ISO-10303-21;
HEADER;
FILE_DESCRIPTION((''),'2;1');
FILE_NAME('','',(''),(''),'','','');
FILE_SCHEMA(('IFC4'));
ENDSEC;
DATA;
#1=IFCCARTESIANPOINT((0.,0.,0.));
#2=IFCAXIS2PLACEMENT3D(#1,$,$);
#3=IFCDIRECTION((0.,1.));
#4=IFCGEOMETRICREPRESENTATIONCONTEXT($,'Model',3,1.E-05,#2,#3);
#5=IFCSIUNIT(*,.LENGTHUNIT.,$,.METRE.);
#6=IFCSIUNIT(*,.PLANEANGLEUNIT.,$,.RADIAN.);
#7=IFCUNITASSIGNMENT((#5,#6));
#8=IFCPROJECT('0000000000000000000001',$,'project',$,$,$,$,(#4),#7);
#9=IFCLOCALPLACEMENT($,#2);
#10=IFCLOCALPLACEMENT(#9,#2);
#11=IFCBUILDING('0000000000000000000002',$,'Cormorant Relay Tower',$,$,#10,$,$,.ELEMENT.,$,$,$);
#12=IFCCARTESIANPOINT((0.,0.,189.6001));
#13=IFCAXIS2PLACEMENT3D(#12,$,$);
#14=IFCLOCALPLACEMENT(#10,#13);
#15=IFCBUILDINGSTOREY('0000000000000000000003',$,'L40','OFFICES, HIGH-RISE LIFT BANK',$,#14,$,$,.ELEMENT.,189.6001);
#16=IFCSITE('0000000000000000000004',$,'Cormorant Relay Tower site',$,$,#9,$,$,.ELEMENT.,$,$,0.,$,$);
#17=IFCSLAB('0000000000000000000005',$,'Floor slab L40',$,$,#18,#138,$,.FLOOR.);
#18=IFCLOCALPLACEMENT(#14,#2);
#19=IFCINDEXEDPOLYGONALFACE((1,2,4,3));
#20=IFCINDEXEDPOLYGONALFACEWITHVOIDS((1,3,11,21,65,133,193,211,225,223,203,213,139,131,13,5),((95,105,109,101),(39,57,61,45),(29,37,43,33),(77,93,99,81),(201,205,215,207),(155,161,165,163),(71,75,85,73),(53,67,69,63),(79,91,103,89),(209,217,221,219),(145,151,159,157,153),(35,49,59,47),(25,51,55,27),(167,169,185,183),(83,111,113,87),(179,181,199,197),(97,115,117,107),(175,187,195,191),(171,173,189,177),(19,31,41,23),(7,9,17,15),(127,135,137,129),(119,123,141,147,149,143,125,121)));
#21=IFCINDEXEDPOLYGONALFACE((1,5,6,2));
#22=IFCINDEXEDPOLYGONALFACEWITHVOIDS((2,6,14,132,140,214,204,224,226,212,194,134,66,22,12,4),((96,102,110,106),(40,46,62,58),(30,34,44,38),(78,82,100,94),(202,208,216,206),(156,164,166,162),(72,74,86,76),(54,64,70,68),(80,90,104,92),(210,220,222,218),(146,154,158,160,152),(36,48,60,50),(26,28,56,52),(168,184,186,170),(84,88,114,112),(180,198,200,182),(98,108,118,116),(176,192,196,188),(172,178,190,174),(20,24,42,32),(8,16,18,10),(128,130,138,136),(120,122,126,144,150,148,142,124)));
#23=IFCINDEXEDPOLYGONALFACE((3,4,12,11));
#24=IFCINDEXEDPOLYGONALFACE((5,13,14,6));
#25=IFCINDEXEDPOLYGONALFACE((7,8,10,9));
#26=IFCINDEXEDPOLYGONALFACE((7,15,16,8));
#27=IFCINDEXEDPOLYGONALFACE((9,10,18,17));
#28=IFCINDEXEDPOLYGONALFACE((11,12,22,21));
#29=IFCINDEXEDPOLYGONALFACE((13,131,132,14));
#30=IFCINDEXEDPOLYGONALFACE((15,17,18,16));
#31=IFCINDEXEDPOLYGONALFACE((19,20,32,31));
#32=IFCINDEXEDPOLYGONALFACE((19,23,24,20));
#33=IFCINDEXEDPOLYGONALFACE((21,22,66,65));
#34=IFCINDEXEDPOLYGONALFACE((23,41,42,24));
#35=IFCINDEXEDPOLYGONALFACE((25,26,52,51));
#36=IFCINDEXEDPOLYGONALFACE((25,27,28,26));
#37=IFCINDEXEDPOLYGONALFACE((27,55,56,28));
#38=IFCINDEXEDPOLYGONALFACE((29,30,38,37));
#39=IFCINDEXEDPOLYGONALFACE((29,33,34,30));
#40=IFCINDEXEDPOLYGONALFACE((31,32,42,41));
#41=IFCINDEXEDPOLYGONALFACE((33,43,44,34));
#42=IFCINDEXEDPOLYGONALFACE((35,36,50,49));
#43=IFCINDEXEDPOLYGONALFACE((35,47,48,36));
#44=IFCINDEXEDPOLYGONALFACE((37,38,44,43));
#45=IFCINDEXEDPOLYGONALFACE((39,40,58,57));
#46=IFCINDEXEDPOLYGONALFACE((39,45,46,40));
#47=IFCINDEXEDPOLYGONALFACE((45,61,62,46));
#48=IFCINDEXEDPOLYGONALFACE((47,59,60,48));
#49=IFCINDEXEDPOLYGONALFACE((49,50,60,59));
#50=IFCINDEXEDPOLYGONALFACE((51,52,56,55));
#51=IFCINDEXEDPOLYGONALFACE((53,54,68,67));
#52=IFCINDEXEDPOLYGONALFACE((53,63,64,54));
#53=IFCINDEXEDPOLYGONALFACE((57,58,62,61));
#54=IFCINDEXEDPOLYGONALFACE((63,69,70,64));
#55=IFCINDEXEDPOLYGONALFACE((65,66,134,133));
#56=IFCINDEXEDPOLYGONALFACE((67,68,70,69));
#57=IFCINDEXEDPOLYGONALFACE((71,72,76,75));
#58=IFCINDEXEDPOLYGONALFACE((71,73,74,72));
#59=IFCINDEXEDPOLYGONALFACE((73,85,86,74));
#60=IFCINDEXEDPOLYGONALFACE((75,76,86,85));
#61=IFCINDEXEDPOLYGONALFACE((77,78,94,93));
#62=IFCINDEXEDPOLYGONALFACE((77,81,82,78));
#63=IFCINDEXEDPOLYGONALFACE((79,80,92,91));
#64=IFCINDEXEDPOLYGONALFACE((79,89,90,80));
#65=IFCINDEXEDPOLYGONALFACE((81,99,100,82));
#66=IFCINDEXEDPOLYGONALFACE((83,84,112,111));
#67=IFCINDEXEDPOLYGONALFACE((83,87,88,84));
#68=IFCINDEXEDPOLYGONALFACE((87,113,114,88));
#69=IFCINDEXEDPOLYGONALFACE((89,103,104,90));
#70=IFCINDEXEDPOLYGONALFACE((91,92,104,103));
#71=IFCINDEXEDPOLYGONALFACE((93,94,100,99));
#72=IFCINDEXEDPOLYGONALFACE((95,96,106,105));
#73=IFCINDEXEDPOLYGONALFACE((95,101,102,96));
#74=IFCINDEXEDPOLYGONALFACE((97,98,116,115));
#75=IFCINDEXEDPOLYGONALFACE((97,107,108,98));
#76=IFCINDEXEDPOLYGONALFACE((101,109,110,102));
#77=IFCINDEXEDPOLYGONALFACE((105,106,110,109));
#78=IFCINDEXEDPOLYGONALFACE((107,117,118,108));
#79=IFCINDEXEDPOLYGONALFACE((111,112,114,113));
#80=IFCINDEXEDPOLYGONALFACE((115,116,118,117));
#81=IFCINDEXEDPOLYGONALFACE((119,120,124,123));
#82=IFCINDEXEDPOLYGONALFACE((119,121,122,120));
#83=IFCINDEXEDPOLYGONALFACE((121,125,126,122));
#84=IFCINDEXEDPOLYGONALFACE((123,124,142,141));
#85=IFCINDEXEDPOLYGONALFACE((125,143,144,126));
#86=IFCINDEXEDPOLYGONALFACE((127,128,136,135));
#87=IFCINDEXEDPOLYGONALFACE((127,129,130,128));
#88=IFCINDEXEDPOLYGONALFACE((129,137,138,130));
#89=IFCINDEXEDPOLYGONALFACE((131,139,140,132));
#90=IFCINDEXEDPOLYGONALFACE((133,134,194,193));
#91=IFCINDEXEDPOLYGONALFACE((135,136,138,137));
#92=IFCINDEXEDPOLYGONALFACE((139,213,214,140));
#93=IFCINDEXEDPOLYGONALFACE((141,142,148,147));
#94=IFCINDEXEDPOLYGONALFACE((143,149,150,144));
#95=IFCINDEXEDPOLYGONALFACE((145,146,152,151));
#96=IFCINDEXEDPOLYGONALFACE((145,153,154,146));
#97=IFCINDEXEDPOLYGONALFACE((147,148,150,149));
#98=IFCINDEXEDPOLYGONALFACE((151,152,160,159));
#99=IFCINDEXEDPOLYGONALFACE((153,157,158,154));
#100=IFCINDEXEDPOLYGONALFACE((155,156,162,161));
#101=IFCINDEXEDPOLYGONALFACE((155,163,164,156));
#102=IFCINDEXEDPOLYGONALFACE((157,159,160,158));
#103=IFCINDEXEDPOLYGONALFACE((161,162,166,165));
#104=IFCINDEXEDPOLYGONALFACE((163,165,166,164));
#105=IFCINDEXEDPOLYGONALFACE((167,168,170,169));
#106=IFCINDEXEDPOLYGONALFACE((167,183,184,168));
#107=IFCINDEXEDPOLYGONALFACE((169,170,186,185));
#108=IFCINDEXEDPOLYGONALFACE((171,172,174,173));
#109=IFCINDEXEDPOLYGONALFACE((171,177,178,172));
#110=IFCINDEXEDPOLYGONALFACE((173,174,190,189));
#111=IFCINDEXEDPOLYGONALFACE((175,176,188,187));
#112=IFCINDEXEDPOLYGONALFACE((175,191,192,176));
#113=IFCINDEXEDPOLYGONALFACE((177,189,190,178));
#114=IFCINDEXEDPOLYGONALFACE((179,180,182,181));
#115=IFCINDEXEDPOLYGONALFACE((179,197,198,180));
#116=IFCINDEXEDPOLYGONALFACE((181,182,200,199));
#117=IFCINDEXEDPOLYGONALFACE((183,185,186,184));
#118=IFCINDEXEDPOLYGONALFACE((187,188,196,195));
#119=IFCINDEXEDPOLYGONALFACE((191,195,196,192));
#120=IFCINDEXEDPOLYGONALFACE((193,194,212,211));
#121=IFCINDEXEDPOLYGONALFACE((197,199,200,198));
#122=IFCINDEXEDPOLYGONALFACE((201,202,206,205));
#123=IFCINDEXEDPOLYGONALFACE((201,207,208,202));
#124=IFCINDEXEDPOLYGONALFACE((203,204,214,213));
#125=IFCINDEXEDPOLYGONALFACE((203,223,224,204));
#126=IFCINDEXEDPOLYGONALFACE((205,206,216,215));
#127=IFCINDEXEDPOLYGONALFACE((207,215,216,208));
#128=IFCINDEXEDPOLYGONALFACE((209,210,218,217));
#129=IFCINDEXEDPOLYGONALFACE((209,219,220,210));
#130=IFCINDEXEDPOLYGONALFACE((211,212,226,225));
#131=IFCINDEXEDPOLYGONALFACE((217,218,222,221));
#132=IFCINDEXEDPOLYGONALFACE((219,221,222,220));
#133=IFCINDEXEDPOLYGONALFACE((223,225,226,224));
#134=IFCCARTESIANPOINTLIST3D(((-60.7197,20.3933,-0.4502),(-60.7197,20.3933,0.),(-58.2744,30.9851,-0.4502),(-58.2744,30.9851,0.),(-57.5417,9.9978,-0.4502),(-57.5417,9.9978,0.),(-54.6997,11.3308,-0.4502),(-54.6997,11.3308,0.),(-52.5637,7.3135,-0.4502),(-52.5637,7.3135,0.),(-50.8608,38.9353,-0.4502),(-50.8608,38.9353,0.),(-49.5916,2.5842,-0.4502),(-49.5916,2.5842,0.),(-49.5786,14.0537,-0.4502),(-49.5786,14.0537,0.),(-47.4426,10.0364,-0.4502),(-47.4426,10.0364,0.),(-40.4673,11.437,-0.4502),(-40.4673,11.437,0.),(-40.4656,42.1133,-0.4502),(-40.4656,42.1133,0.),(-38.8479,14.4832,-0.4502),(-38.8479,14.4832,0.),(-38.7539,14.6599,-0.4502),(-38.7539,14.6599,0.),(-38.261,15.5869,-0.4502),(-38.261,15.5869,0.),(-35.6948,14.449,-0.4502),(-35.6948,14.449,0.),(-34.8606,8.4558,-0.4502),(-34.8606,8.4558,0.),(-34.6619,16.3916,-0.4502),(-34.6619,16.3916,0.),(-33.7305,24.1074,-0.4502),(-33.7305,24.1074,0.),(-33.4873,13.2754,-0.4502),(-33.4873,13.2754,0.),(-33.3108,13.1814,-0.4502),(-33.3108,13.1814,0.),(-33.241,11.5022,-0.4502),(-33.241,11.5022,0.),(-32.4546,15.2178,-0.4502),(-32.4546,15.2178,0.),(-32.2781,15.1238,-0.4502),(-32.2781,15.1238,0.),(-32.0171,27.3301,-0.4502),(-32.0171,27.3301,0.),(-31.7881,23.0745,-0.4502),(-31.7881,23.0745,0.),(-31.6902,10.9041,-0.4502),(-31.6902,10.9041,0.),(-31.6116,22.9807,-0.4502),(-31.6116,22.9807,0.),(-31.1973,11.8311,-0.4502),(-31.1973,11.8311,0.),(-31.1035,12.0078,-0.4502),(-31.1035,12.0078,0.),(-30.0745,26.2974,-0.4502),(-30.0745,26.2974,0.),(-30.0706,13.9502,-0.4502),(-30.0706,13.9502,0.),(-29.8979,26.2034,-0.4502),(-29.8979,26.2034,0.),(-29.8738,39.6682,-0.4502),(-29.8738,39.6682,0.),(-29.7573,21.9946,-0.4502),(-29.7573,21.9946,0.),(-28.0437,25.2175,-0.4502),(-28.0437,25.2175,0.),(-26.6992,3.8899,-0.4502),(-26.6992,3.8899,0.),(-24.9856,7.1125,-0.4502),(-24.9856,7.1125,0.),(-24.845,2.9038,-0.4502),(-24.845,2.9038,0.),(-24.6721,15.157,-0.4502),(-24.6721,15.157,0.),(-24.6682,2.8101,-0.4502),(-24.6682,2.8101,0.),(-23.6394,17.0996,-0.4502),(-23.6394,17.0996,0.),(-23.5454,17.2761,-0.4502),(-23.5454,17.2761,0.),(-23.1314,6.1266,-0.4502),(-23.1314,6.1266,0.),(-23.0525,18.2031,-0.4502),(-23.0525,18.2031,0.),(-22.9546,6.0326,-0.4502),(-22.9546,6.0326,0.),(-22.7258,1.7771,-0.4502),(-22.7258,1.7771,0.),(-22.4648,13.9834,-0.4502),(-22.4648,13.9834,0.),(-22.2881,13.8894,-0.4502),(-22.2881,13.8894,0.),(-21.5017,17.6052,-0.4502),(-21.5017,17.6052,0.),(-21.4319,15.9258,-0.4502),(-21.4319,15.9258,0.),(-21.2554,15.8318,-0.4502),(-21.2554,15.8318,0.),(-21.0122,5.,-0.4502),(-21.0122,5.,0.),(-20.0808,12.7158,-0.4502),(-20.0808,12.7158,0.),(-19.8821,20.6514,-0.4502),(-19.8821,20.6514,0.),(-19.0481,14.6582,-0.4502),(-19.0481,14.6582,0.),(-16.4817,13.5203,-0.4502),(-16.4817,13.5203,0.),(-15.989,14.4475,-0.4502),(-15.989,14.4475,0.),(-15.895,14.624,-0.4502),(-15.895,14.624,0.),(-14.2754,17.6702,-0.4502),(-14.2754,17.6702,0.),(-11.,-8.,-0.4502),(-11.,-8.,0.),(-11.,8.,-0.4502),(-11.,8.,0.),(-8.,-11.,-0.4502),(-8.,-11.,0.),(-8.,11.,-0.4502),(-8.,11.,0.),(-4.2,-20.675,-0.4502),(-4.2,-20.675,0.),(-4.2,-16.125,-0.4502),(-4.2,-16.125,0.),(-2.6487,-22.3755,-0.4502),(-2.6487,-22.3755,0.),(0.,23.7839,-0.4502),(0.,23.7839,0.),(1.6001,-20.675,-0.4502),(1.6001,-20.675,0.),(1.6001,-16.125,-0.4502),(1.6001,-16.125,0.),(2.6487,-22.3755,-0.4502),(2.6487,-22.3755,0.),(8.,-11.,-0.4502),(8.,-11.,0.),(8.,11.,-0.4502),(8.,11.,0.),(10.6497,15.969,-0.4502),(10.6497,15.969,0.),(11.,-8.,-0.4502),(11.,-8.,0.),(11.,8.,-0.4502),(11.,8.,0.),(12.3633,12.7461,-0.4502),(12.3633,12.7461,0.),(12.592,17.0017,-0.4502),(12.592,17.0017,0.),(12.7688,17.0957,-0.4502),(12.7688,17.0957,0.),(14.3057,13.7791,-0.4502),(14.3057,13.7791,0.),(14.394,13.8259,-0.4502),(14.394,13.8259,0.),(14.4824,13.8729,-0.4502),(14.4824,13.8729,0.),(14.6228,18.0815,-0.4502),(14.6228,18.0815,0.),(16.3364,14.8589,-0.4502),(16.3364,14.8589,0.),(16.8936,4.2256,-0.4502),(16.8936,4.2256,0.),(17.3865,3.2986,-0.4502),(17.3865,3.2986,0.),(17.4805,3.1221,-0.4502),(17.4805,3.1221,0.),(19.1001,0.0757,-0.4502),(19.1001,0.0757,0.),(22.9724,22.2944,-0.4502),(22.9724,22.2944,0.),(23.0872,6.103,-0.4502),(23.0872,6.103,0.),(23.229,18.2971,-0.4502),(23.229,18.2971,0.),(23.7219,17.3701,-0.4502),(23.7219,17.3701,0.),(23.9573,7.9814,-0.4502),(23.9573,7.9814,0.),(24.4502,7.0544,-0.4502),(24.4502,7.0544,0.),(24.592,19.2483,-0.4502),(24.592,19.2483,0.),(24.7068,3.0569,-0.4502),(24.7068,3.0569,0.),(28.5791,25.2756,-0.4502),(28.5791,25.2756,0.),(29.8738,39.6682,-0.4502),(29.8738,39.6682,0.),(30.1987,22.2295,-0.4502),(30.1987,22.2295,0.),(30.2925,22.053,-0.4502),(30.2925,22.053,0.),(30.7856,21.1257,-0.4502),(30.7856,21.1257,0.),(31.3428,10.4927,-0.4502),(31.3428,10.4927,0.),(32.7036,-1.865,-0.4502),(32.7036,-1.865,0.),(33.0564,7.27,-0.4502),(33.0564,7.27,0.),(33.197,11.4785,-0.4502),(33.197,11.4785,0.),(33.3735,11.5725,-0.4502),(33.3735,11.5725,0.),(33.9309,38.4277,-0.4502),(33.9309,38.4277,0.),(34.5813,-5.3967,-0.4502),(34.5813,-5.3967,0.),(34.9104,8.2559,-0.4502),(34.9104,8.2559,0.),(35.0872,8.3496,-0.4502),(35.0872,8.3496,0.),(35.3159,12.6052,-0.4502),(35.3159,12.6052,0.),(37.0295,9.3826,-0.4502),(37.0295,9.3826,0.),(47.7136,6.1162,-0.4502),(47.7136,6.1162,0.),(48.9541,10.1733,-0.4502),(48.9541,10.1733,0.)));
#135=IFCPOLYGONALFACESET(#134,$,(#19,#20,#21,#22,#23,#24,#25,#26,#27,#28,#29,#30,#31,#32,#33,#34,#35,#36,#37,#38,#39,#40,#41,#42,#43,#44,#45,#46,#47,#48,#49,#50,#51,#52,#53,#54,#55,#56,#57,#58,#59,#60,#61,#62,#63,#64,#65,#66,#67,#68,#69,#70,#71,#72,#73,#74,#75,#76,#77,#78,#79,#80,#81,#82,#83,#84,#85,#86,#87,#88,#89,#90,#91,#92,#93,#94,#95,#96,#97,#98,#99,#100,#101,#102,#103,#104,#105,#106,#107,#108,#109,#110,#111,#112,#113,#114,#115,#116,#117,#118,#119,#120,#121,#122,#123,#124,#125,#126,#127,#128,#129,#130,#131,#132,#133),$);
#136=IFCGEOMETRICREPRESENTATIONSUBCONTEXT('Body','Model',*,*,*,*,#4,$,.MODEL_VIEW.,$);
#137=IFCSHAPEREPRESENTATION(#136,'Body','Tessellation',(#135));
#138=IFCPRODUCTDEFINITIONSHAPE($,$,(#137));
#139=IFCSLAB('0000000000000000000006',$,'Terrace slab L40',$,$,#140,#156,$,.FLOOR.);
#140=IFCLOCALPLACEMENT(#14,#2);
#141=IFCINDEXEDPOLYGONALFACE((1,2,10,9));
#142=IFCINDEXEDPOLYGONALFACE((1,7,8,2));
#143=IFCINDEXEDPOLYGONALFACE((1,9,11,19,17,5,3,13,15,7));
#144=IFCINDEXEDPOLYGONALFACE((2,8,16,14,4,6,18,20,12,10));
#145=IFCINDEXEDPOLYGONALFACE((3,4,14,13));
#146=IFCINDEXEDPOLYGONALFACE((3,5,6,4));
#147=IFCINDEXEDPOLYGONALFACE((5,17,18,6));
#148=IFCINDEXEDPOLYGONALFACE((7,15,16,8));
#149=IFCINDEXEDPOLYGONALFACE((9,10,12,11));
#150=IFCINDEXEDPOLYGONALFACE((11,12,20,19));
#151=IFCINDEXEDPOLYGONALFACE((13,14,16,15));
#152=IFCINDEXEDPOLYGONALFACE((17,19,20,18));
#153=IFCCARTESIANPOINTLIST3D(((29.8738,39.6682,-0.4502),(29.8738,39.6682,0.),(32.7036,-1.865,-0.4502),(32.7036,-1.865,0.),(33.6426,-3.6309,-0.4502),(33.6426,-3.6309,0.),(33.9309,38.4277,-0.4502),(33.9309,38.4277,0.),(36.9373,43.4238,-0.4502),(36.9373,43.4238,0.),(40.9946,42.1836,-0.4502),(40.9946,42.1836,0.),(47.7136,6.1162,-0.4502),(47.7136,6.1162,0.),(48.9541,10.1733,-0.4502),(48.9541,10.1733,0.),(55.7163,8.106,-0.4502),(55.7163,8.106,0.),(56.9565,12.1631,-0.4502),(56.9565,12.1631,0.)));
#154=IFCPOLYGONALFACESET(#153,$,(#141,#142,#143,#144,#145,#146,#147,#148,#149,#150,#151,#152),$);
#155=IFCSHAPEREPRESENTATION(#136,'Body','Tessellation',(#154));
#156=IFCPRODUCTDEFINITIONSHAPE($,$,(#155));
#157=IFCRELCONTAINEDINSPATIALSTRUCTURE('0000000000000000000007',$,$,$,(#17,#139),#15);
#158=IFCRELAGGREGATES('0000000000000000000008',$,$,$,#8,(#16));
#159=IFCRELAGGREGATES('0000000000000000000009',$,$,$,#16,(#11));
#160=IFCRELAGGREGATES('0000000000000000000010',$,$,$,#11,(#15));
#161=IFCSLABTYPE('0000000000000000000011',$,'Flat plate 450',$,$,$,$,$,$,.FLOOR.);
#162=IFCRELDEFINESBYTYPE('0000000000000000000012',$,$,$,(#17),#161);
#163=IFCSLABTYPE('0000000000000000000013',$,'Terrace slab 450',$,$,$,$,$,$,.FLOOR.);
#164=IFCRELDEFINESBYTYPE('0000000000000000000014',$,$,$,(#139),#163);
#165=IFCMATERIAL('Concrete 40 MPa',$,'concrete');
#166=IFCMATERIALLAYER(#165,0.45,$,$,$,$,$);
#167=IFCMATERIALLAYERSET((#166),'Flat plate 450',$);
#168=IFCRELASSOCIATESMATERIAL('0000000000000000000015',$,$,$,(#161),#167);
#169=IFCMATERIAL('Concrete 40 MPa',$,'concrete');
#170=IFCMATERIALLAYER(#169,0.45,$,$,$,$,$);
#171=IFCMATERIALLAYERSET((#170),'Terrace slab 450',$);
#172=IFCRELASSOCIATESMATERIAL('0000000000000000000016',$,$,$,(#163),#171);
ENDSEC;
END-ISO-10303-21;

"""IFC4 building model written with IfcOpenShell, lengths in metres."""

from ifc_helpers import new_model, si_unit, direction, frame, origin, place, context, subcontext, project, spatial, polyline, outline, extrude, material, layer, layer_set, type_object, element, save


model = new_model("IFC4")

# Units and contexts
model_context = context("Model", 3, precision=1e-05, world=origin(), true_north=direction((0.0, 1.0)))
body_context = subcontext(model_context, "Body", "Model", "MODEL_VIEW")
ifc_project = project(units=[si_unit("LENGTHUNIT", "METRE"), si_unit("PLANEANGLEUNIT", "RADIAN")], contexts=[model_context])

# Site, building, storey
site_placement = place(None, origin())
site = spatial("IfcSite", under=ifc_project, at=site_placement, Name="Cormorant Relay Tower site", CompositionType="ELEMENT", RefElevation=0.0)
building_placement = place(site_placement, origin())
building = spatial("IfcBuilding", under=site, at=building_placement, Name="Cormorant Relay Tower", CompositionType="ELEMENT")
storey_placement = place(building_placement, frame((0.0, 0.0, 189.6001)))
storey = spatial("IfcBuildingStorey", under=building, at=storey_placement, Name="L40", Description="OFFICES, HIGH-RISE LIFT BANK", CompositionType="ELEMENT", Elevation=189.6001)

# Slabs
ifc_material_1 = material(Name="Concrete 40 MPa", Category="concrete")
ifc_layer_1 = layer(ifc_material_1, 0.45)
ifc_layer_set_1 = layer_set([ifc_layer_1], Name="Flat plate 450")
slab_type_1 = type_object("IfcSlabType", Name="Flat plate 450", PredefinedType="FLOOR", material=ifc_layer_set_1)
slab_1_placement = place(storey_placement, frame((0.0, 0.0, -0.4502)))
element("IfcSlab", 1, at=slab_1_placement, inside=storey, type_object=slab_type_1, Name="Floor slab L40", PredefinedType="FLOOR", context=body_context, shape_type="SweptSolid", body=[
    extrude(outline(polyline([(-60.7197, 20.3933), (-58.2744, 30.9851), (-50.8608, 38.9353), (-40.4656, 42.1133), (-29.8738, 39.6682), (0.0, 23.7839), (29.8738, 39.6682), (33.9309, 38.4277), (48.9541, 10.1733), (47.7136, 6.1162), (32.7036, -1.865), (34.5813, -5.3967), (2.6487, -22.3755), (-2.6487, -22.3755), (-49.5916, 2.5842), (-57.5417, 9.9978), (-60.7197, 20.3933)]), holes=[polyline([(11.0, -8.0), (11.0, 8.0), (8.0, 11.0), (-8.0, 11.0), (-11.0, 8.0), (-11.0, -8.0), (-8.0, -11.0), (8.0, -11.0), (11.0, -8.0)]), polyline([(-22.9546, 6.0327), (-24.6682, 2.8101), (-22.7258, 1.7771), (-21.0122, 5.0), (-23.043, 6.0796), (-22.9546, 6.0327)]), polyline([(-24.9856, 7.1125), (-26.6992, 3.8899), (-24.845, 2.9038), (-23.1313, 6.1267), (-23.043, 6.0796), (-24.9856, 7.1125)]), polyline([(-54.6997, 11.3308), (-52.5637, 7.3135), (-47.4426, 10.0364), (-49.5786, 14.0537), (-54.6997, 11.3308)]), polyline([(-33.241, 11.5022), (-38.8479, 14.4832), (-40.4673, 11.437), (-34.8606, 8.4558), (-33.241, 11.5022)]), polyline([(-38.261, 15.5869), (-38.7539, 14.6599), (-31.6902, 10.9041), (-31.1973, 11.8311), (-38.261, 15.5869)]), polyline([(-31.1035, 12.0078), (-30.0706, 13.9502), (-32.2781, 15.1238), (-33.3108, 13.1814), (-31.1035, 12.0078)]), polyline([(-22.2881, 13.8894), (-20.0808, 12.7158), (-19.0481, 14.6582), (-21.2554, 15.8318), (-22.2881, 13.8894)]), polyline([(-34.6619, 16.3916), (-35.6948, 14.449), (-33.4873, 13.2754), (-32.4546, 15.2178), (-34.6619, 16.3916)]), polyline([(-21.4319, 15.9258), (-23.6394, 17.0996), (-24.6721, 15.157), (-22.4648, 13.9834), (-21.4319, 15.9258)]), polyline([(-31.6116, 22.9807), (-29.7573, 21.9946), (-28.0437, 25.2175), (-29.8979, 26.2034), (-31.6116, 22.9807)]), polyline([(-32.0171, 27.3301), (-33.7305, 24.1074), (-31.7881, 23.0745), (-30.0745, 26.2974), (-32.0171, 27.3301)]), polyline([(-4.2, -16.125), (-4.2, -20.675), (1.6001, -20.675), (1.6001, -16.125), (-4.2, -16.125)]), polyline([(17.4805, 3.1221), (19.1001, 0.0757), (24.7068, 3.0569), (23.0872, 6.103), (17.4805, 3.1221)]), polyline([(17.3865, 3.2986), (24.4502, 7.0544), (23.9573, 7.9814), (16.8936, 4.2256), (17.3865, 3.2986)]), polyline([(33.197, 11.4785), (31.3428, 10.4927), (33.0564, 7.27), (34.9104, 8.2559), (33.197, 11.4785)]), polyline([(33.3735, 11.5725), (35.0872, 8.3496), (37.0295, 9.3826), (35.3159, 12.6052), (33.3735, 11.5725)]), polyline([(14.3057, 13.7791), (12.592, 17.0017), (10.6497, 15.969), (12.3633, 12.7461), (14.394, 13.8259), (14.3057, 13.7791)]), polyline([(16.3364, 14.8589), (14.6228, 18.0815), (12.7688, 17.0957), (14.4824, 13.8728), (14.394, 13.8259), (16.3364, 14.8589)]), polyline([(-16.4817, 13.5203), (-15.989, 14.4475), (-23.0525, 18.2031), (-23.5454, 17.2761), (-16.4817, 13.5203)]), polyline([(-15.895, 14.624), (-14.2754, 17.6702), (-19.8821, 20.6514), (-21.5017, 17.6052), (-15.895, 14.624)]), polyline([(30.7856, 21.1257), (30.2925, 22.053), (23.229, 18.2971), (23.7219, 17.3701), (30.7856, 21.1257)]), polyline([(24.592, 19.2483), (30.1987, 22.2295), (28.5791, 25.2756), (22.9724, 22.2944), (24.592, 19.2483)])]), origin(), (0.0, 0.0, 1.0), 0.4502),
])
ifc_material_2 = material(Name="Concrete 40 MPa", Category="concrete")
ifc_layer_2 = layer(ifc_material_2, 0.45)
ifc_layer_set_2 = layer_set([ifc_layer_2], Name="Terrace slab 450")
slab_type_2 = type_object("IfcSlabType", Name="Terrace slab 450", PredefinedType="FLOOR", material=ifc_layer_set_2)
slab_2_placement = place(storey_placement, frame((0.0, 0.0, -0.4502)))
element("IfcSlab", 2, at=slab_2_placement, inside=storey, type_object=slab_type_2, Name="Terrace slab L40", PredefinedType="FLOOR", context=body_context, shape_type="SweptSolid", body=[
    extrude(outline(polyline([(36.9373, 43.4238), (40.9946, 42.1836), (56.9565, 12.1631), (55.7163, 8.106), (33.6426, -3.6309), (32.7036, -1.865), (47.7136, 6.1162), (48.9541, 10.1733), (33.9309, 38.4277), (29.8738, 39.6682), (36.9373, 43.4238)])), origin(), (0.0, 0.0, 1.0), 0.4502),
])

save(model, "model.ifc")
